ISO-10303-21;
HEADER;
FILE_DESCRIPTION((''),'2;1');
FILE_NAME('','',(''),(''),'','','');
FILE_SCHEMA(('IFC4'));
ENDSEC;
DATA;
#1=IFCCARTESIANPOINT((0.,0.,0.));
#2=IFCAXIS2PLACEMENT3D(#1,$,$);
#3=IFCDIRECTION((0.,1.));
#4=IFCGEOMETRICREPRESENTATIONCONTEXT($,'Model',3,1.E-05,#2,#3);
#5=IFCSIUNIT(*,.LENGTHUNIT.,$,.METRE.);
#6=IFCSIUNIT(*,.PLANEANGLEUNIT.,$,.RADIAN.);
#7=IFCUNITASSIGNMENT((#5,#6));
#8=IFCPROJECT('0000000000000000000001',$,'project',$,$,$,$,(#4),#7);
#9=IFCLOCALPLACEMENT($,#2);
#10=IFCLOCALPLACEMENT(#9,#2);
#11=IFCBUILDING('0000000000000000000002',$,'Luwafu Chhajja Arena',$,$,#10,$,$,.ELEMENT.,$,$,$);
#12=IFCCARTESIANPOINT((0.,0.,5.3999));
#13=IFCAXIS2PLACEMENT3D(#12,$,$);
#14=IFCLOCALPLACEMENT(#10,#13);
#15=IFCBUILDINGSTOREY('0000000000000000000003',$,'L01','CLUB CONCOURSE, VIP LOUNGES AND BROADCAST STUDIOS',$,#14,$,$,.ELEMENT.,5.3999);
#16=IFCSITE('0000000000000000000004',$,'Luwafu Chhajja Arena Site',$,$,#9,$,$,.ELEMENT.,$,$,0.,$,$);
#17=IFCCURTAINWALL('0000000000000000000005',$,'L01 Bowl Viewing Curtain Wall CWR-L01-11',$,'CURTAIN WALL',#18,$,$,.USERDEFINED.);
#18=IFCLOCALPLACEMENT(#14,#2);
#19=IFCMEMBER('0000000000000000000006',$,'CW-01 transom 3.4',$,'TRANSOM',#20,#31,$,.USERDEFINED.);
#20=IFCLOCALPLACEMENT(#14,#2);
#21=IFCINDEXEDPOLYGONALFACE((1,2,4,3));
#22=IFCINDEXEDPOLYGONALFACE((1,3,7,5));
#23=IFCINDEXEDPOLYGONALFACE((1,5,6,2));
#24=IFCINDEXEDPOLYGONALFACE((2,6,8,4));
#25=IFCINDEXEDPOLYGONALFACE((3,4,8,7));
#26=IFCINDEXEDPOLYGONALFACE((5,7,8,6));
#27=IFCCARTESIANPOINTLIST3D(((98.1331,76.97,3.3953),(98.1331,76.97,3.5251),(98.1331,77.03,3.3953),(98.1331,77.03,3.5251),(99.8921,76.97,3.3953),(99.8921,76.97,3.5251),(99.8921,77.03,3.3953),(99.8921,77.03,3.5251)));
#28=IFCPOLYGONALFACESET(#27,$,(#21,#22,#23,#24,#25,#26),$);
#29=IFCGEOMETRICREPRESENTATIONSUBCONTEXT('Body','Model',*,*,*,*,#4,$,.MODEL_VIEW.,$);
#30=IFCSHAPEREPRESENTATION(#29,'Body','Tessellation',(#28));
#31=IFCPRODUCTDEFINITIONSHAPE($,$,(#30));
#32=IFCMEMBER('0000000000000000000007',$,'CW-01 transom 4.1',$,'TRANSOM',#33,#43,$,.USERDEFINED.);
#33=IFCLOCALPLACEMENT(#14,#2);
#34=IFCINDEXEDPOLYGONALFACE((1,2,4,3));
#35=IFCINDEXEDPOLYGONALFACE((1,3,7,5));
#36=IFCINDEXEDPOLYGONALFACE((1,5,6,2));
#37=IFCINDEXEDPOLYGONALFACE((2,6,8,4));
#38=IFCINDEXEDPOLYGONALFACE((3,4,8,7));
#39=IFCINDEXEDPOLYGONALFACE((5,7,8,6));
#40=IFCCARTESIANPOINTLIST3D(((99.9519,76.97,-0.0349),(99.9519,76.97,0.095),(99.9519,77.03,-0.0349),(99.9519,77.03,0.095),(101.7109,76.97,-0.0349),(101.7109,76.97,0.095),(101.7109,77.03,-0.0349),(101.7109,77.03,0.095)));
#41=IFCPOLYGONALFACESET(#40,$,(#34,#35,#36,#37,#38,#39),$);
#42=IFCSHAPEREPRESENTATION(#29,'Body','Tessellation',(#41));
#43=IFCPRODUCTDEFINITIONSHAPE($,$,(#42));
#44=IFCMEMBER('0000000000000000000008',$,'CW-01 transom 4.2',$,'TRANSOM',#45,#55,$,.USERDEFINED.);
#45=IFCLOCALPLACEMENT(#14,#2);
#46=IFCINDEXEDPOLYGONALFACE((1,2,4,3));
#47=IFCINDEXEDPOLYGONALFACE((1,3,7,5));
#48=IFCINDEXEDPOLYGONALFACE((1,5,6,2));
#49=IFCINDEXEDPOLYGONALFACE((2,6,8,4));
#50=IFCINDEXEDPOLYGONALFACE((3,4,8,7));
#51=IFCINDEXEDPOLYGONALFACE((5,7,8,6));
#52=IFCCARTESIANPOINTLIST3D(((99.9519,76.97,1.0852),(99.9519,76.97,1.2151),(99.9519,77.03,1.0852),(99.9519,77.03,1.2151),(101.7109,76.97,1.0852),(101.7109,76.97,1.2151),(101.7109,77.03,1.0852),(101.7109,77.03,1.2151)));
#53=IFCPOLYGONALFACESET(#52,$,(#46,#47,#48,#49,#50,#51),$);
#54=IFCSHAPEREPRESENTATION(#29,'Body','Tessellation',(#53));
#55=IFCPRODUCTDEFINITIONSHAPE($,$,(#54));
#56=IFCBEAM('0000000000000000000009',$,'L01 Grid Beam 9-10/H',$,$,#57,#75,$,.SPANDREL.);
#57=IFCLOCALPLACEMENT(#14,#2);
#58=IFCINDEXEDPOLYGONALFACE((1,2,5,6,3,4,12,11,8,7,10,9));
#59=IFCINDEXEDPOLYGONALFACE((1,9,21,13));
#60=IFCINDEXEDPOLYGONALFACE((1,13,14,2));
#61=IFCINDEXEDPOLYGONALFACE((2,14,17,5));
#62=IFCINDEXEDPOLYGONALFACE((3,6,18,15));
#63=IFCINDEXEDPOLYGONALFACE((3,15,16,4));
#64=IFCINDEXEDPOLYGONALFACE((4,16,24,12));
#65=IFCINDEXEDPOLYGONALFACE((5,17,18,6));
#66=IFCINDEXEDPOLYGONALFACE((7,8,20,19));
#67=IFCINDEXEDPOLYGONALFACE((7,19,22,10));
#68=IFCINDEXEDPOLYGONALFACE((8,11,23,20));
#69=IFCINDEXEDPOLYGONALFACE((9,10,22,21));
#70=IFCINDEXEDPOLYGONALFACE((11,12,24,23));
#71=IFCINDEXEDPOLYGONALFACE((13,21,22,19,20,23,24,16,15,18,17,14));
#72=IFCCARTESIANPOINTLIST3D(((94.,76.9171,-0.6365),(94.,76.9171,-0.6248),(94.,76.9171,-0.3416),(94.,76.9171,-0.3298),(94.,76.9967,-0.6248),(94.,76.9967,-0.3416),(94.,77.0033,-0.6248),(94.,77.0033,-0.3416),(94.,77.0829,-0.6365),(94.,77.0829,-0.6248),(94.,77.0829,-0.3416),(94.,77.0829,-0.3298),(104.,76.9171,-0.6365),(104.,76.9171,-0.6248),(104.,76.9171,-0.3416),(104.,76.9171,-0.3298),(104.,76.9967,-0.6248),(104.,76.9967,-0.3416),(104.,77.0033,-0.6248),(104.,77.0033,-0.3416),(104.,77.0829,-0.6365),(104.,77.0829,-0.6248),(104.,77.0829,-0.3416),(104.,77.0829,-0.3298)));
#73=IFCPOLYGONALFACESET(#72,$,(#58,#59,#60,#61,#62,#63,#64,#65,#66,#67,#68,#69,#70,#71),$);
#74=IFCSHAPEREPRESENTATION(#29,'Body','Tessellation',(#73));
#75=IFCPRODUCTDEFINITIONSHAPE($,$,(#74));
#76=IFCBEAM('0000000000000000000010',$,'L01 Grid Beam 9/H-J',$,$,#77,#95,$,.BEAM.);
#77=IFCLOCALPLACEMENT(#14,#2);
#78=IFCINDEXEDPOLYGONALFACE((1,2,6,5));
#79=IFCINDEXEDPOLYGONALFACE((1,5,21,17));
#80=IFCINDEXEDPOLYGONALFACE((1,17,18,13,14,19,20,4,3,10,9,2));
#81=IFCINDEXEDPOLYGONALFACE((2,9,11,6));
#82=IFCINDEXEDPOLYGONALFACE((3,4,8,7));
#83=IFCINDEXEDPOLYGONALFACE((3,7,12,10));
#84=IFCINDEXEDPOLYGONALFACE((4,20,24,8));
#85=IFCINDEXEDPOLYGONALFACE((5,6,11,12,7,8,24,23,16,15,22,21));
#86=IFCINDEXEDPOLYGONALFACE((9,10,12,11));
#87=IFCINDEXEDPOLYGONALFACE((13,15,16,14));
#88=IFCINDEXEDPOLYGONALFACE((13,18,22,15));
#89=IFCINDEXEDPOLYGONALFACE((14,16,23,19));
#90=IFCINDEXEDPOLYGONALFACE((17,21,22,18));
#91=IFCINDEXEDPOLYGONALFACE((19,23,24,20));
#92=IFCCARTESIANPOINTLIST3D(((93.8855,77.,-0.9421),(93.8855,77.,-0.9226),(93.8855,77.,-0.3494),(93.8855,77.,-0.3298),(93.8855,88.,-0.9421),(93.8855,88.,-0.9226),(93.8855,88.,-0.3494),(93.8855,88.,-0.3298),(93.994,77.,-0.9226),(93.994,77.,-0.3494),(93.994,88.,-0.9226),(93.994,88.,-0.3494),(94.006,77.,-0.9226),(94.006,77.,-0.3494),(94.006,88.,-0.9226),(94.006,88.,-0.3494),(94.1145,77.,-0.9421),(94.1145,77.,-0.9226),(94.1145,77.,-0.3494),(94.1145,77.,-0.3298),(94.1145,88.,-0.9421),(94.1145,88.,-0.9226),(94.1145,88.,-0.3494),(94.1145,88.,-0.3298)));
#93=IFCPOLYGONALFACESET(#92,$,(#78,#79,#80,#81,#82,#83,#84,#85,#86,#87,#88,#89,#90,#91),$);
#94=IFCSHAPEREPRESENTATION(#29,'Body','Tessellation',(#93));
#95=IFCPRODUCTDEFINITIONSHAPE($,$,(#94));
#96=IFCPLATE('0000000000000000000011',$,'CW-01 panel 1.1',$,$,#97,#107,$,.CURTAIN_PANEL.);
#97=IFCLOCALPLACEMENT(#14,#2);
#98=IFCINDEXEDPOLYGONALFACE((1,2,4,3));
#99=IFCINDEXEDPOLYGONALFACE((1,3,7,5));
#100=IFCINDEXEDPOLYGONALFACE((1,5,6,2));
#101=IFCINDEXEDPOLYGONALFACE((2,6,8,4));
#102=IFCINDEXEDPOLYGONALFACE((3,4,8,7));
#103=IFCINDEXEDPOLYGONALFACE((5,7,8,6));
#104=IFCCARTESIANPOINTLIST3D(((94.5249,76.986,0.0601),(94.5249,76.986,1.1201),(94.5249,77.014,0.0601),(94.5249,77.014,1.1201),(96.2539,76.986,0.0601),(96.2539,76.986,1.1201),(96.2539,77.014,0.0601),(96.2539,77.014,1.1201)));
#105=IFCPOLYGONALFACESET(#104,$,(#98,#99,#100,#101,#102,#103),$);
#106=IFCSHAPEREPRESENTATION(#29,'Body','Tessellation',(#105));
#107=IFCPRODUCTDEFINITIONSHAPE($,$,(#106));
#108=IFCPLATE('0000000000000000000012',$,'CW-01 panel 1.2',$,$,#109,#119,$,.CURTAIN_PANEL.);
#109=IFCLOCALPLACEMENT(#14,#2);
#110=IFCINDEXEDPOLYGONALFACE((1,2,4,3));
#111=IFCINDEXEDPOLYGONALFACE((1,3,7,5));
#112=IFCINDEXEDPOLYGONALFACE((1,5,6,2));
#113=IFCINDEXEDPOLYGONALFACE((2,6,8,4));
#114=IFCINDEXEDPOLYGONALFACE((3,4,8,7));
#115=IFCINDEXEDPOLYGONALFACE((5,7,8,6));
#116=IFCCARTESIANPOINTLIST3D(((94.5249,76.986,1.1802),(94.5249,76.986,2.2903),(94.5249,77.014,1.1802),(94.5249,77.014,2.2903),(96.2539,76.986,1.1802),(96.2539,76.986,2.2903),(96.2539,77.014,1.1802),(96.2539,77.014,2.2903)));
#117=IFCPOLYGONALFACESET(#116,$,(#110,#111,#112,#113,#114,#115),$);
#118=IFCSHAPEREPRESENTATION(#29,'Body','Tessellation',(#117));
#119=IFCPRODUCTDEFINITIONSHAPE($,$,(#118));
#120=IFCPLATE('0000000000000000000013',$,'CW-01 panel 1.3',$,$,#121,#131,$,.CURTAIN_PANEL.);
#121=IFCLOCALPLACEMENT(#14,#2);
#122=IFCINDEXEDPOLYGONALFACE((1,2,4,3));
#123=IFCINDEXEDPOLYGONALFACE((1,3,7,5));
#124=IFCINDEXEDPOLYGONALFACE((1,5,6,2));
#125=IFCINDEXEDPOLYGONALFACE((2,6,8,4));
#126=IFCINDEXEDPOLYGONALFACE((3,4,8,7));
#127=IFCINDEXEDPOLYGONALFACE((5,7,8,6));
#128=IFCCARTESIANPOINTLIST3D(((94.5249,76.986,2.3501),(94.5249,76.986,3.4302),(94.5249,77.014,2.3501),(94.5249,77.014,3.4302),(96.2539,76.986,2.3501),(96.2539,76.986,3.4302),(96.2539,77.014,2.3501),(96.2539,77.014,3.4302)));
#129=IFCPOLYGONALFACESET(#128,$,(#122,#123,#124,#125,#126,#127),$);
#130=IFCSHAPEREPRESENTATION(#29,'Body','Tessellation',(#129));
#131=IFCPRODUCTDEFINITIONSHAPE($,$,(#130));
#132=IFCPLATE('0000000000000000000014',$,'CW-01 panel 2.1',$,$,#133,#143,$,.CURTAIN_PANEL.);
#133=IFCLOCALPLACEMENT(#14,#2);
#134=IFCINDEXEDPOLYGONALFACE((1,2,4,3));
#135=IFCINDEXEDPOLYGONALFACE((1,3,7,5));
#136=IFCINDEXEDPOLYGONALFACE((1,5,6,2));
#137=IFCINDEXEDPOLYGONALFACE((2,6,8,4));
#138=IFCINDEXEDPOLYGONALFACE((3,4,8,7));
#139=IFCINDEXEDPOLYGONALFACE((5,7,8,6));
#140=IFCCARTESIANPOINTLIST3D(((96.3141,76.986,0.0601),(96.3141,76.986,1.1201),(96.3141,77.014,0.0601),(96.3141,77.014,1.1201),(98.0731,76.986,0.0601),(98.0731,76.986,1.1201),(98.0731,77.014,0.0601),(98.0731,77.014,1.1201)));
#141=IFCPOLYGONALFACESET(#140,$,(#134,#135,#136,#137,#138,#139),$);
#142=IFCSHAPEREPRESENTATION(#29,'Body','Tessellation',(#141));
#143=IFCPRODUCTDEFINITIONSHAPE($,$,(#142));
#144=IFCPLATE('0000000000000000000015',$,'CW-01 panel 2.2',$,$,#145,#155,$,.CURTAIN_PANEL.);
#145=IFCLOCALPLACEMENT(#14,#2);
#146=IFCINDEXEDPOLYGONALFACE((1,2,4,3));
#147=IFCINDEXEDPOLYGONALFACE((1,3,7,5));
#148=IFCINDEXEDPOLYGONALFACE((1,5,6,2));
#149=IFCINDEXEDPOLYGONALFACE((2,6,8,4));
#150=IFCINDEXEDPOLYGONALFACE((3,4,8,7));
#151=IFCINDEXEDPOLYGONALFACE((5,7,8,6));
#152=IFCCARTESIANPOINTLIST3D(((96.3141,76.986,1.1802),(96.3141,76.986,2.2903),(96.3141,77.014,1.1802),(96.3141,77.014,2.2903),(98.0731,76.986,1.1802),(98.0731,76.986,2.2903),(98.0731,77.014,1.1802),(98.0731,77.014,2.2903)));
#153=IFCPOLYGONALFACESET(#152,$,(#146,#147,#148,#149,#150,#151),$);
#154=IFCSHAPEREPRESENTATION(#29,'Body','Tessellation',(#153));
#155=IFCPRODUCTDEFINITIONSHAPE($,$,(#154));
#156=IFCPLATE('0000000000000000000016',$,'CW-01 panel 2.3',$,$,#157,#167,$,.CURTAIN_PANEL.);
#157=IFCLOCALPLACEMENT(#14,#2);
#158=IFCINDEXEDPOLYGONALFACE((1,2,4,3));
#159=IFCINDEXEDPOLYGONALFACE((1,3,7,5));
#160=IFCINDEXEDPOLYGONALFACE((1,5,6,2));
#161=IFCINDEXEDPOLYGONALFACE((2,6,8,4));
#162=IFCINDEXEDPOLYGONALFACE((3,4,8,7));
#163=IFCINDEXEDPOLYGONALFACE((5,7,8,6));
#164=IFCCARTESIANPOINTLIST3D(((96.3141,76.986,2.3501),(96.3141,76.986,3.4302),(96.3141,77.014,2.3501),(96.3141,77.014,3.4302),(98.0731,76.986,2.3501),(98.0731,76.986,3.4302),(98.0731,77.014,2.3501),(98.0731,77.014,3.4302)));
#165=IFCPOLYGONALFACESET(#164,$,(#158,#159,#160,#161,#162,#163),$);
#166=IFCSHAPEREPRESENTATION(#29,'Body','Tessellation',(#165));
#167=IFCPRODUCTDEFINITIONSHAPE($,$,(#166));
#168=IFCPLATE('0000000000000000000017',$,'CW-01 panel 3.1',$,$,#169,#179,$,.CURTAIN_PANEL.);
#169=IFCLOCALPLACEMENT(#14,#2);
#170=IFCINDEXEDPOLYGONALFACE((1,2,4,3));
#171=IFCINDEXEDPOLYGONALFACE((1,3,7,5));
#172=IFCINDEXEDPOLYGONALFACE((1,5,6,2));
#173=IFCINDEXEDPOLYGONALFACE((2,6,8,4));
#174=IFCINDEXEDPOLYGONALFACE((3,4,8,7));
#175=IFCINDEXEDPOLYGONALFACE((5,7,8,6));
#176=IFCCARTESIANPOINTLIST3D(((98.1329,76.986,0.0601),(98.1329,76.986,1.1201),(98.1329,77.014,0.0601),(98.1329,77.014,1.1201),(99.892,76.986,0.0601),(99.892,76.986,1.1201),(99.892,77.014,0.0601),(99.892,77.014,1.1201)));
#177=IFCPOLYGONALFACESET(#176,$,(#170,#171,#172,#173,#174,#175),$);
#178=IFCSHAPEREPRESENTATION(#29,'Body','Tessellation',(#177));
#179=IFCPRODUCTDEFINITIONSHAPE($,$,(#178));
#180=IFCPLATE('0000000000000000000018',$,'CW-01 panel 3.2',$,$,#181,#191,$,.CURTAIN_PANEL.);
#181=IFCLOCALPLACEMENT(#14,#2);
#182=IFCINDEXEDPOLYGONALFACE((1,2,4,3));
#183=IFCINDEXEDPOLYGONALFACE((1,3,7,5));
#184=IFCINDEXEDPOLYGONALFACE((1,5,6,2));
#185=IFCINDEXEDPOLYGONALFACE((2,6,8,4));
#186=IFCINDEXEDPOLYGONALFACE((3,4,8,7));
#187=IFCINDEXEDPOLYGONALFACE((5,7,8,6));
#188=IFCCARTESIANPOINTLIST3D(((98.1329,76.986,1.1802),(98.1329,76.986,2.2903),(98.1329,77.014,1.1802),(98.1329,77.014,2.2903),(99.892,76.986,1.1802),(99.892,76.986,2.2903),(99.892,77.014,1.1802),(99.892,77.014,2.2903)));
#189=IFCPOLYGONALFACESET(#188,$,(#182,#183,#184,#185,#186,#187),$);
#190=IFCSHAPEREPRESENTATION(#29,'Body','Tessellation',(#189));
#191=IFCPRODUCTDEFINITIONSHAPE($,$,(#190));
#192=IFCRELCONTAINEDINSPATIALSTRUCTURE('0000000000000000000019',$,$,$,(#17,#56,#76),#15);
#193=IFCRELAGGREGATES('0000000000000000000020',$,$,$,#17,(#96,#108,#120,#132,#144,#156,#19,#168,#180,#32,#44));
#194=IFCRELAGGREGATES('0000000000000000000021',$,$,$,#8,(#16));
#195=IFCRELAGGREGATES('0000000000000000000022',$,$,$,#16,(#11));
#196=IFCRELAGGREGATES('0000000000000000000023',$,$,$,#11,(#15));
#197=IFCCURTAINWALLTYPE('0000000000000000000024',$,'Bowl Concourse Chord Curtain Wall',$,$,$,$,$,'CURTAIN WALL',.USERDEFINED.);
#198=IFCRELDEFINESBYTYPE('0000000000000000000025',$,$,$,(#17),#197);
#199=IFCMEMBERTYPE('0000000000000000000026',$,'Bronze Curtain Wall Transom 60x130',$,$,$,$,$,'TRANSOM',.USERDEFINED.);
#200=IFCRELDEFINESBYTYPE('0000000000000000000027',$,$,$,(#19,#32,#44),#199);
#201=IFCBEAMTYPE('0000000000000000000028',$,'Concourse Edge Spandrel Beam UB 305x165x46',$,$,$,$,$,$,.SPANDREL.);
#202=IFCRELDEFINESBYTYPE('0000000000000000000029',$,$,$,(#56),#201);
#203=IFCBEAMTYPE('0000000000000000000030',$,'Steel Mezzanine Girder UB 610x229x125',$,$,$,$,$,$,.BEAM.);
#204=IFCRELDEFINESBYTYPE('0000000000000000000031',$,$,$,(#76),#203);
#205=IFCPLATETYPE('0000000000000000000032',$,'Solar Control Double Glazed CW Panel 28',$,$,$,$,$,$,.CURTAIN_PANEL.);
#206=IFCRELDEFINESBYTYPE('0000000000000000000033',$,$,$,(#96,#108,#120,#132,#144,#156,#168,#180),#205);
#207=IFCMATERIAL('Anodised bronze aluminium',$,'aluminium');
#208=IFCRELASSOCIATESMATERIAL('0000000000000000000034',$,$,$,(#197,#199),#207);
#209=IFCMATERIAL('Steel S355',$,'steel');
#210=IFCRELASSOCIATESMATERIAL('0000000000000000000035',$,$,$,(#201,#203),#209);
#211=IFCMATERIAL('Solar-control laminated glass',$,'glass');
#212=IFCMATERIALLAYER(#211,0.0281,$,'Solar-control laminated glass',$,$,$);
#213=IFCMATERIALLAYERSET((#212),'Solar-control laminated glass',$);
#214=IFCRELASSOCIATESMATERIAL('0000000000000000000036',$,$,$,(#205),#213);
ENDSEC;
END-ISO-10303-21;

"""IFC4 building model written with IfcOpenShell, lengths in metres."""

from ifc_helpers import new_model, si_unit, direction, frame, origin, origin_2d, place, context, subcontext, project, spatial, rectangle, i_section, extrude, material, layer, layer_set, material_profile, profile_set, type_object, element, aggregate, save


model = new_model("IFC4")

# Units and contexts
model_context = context("Model", 3, precision=1e-05, world=origin(), true_north=direction((0.0, 1.0)))
body_context = subcontext(model_context, "Body", "Model", "MODEL_VIEW")
ifc_project = project(units=[si_unit("LENGTHUNIT", "METRE"), si_unit("PLANEANGLEUNIT", "RADIAN")], contexts=[model_context])

# Site, building, storey
site_placement = place(None, origin())
site = spatial("IfcSite", under=ifc_project, at=site_placement, Name="Luwafu Chhajja Arena Site", CompositionType="ELEMENT", RefElevation=0.0)
building_placement = place(site_placement, origin())
building = spatial("IfcBuilding", under=site, at=building_placement, Name="Luwafu Chhajja Arena", CompositionType="ELEMENT")
storey_placement = place(building_placement, frame((0.0, 0.0, 5.3999)))
storey = spatial("IfcBuildingStorey", under=building, at=storey_placement, Name="L01", Description="CLUB CONCOURSE, VIP LOUNGES AND BROADCAST STUDIOS", CompositionType="ELEMENT", Elevation=5.3999)

# Curtain wall, members
ifc_material_1 = material(Name="Anodised bronze aluminium", Category="aluminium")
curtain_wall_type = type_object("IfcCurtainWallType", Name="Bowl Concourse Chord Curtain Wall", ElementType="CURTAIN WALL", PredefinedType="USERDEFINED", material=ifc_material_1)
curtain_wall_placement = place(storey_placement, origin())
curtain_wall = element("IfcCurtainWall", 1, at=curtain_wall_placement, inside=storey, type_object=curtain_wall_type, Name="L01 Bowl Viewing Curtain Wall CWR-L01-11", ObjectType="CURTAIN WALL", PredefinedType="USERDEFINED")
ifc_material_profile_1 = material_profile(ifc_material_1, rectangle(XDim=0.0601, YDim=0.1299, at=origin_2d()), Name="CWT 60x130")
ifc_profile_set_1 = profile_set([ifc_material_profile_1], Name="Anodised bronze aluminium")
member_type_1 = type_object("IfcMemberType", Name="Bronze Curtain Wall Transom 60x130", ElementType="TRANSOM", PredefinedType="USERDEFINED", material=ifc_profile_set_1)
member_1_placement = place(storey_placement, frame((98.1331, 77.0, 3.4602), z_axis=(1.0, 0.0, 0.0), x_axis=(0.0, 1.0, 0.0)))
member_1 = element("IfcMember", 2, at=member_1_placement, type_object=member_type_1, Name="CW-01 transom 3.4", ObjectType="TRANSOM", PredefinedType="USERDEFINED", context=body_context, shape_type="SweptSolid", body=[
    extrude(rectangle(XDim=0.0601, YDim=0.1299, at=origin_2d()), origin(), (0.0, 0.0, 1.0), 1.759),
])
member_2_placement = place(storey_placement, frame((99.9519, 77.0, 0.03), z_axis=(1.0, 0.0, 0.0), x_axis=(0.0, 1.0, 0.0)))
member_2 = element("IfcMember", 3, at=member_2_placement, type_object=member_type_1, Name="CW-01 transom 4.1", ObjectType="TRANSOM", PredefinedType="USERDEFINED", context=body_context, shape_type="SweptSolid", body=[
    extrude(rectangle(XDim=0.0601, YDim=0.1299, at=origin_2d()), origin(), (0.0, 0.0, 1.0), 1.759),
])
member_3_placement = place(storey_placement, frame((99.9519, 77.0, 1.1501), z_axis=(1.0, 0.0, 0.0), x_axis=(0.0, 1.0, 0.0)))
member_3 = element("IfcMember", 4, at=member_3_placement, type_object=member_type_1, Name="CW-01 transom 4.2", ObjectType="TRANSOM", PredefinedType="USERDEFINED", context=body_context, shape_type="SweptSolid", body=[
    extrude(rectangle(XDim=0.0601, YDim=0.1299, at=origin_2d()), origin(), (0.0, 0.0, 1.0), 1.759),
])

# Beams
ifc_material_2 = material(Name="Steel S355", Category="steel")
ifc_material_profile_2 = material_profile(ifc_material_2, i_section(OverallWidth=0.1658, OverallDepth=0.3066, WebThickness=0.0066, FlangeThickness=0.0117, at=origin_2d()), Name="UB 305x165x46")
ifc_profile_set_2 = profile_set([ifc_material_profile_2], Name="Steel S355")
beam_type_1 = type_object("IfcBeamType", Name="Concourse Edge Spandrel Beam UB 305x165x46", PredefinedType="SPANDREL", material=ifc_profile_set_2)
beam_1_placement = place(storey_placement, frame((94.0, 77.0, -0.4832), z_axis=(1.0, 0.0, 0.0), x_axis=(0.0, 1.0, 0.0)))
element("IfcBeam", 5, at=beam_1_placement, inside=storey, type_object=beam_type_1, Name="L01 Grid Beam 9-10/H", PredefinedType="SPANDREL", context=body_context, shape_type="SweptSolid", body=[
    extrude(i_section(OverallWidth=0.1658, OverallDepth=0.3066, WebThickness=0.0066, FlangeThickness=0.0117, at=origin_2d()), origin(), (0.0, 0.0, 1.0), 10.0),
])
ifc_material_profile_3 = material_profile(ifc_material_2, i_section(OverallWidth=0.229, OverallDepth=0.6123, WebThickness=0.012, FlangeThickness=0.0195, at=origin_2d()), Name="UB 610x229x125")
ifc_profile_set_3 = profile_set([ifc_material_profile_3], Name="Steel S355")
beam_type_2 = type_object("IfcBeamType", Name="Steel Mezzanine Girder UB 610x229x125", PredefinedType="BEAM", material=ifc_profile_set_3)
beam_2_placement = place(storey_placement, frame((94.0, 77.0, -0.636), z_axis=(0.0, 1.0, 0.0), x_axis=(-1.0, 0.0, 0.0)))
element("IfcBeam", 6, at=beam_2_placement, inside=storey, type_object=beam_type_2, Name="L01 Grid Beam 9/H-J", PredefinedType="BEAM", context=body_context, shape_type="SweptSolid", body=[
    extrude(i_section(OverallWidth=0.229, OverallDepth=0.6123, WebThickness=0.012, FlangeThickness=0.0195, at=origin_2d()), origin(), (0.0, 0.0, 1.0), 11.0),
])

# Plates
ifc_material_3 = material(Name="Solar-control laminated glass", Category="glass")
ifc_layer = layer(ifc_material_3, 0.0281, Name="Solar-control laminated glass")
ifc_layer_set = layer_set([ifc_layer], Name="Solar-control laminated glass")
plate_type = type_object("IfcPlateType", Name="Solar Control Double Glazed CW Panel 28", PredefinedType="CURTAIN_PANEL", material=ifc_layer_set)
plate_1_placement = place(storey_placement, frame((95.3894, 77.0, 0.0601), z_axis=(0.0, 0.0, 1.0), x_axis=(1.0, 0.0, 0.0)))
plate_1 = element("IfcPlate", 7, at=plate_1_placement, type_object=plate_type, Name="CW-01 panel 1.1", PredefinedType="CURTAIN_PANEL", context=body_context, shape_type="SweptSolid", body=[
    extrude(rectangle(XDim=1.729, YDim=0.0281, at=origin_2d()), origin(), (0.0, 0.0, 1.0), 1.0601),
])
plate_2_placement = place(storey_placement, frame((95.3894, 77.0, 1.1802), z_axis=(0.0, 0.0, 1.0), x_axis=(1.0, 0.0, 0.0)))
plate_2 = element("IfcPlate", 8, at=plate_2_placement, type_object=plate_type, Name="CW-01 panel 1.2", PredefinedType="CURTAIN_PANEL", context=body_context, shape_type="SweptSolid", body=[
    extrude(rectangle(XDim=1.729, YDim=0.0281, at=origin_2d()), origin(), (0.0, 0.0, 1.0), 1.1101),
])
plate_3_placement = place(storey_placement, frame((95.3894, 77.0, 2.3501), z_axis=(0.0, 0.0, 1.0), x_axis=(1.0, 0.0, 0.0)))
plate_3 = element("IfcPlate", 9, at=plate_3_placement, type_object=plate_type, Name="CW-01 panel 1.3", PredefinedType="CURTAIN_PANEL", context=body_context, shape_type="SweptSolid", body=[
    extrude(rectangle(XDim=1.729, YDim=0.0281, at=origin_2d()), origin(), (0.0, 0.0, 1.0), 1.0801),
])
plate_4_placement = place(storey_placement, frame((97.1936, 77.0, 0.0601), z_axis=(0.0, 0.0, 1.0), x_axis=(1.0, 0.0, 0.0)))
plate_4 = element("IfcPlate", 10, at=plate_4_placement, type_object=plate_type, Name="CW-01 panel 2.1", PredefinedType="CURTAIN_PANEL", context=body_context, shape_type="SweptSolid", body=[
    extrude(rectangle(XDim=1.759, YDim=0.0281, at=origin_2d()), origin(), (0.0, 0.0, 1.0), 1.0601),
])
plate_5_placement = place(storey_placement, frame((97.1936, 77.0, 1.1802), z_axis=(0.0, 0.0, 1.0), x_axis=(1.0, 0.0, 0.0)))
plate_5 = element("IfcPlate", 11, at=plate_5_placement, type_object=plate_type, Name="CW-01 panel 2.2", PredefinedType="CURTAIN_PANEL", context=body_context, shape_type="SweptSolid", body=[
    extrude(rectangle(XDim=1.759, YDim=0.0281, at=origin_2d()), origin(), (0.0, 0.0, 1.0), 1.1101),
])
plate_6_placement = place(storey_placement, frame((97.1936, 77.0, 2.3501), z_axis=(0.0, 0.0, 1.0), x_axis=(1.0, 0.0, 0.0)))
plate_6 = element("IfcPlate", 12, at=plate_6_placement, type_object=plate_type, Name="CW-01 panel 2.3", PredefinedType="CURTAIN_PANEL", context=body_context, shape_type="SweptSolid", body=[
    extrude(rectangle(XDim=1.759, YDim=0.0281, at=origin_2d()), origin(), (0.0, 0.0, 1.0), 1.0801),
])
plate_7_placement = place(storey_placement, frame((99.0125, 77.0, 0.0601), z_axis=(0.0, 0.0, 1.0), x_axis=(1.0, 0.0, 0.0)))
plate_7 = element("IfcPlate", 13, at=plate_7_placement, type_object=plate_type, Name="CW-01 panel 3.1", PredefinedType="CURTAIN_PANEL", context=body_context, shape_type="SweptSolid", body=[
    extrude(rectangle(XDim=1.759, YDim=0.0281, at=origin_2d()), origin(), (0.0, 0.0, 1.0), 1.0601),
])
plate_8_placement = place(storey_placement, frame((99.0125, 77.0, 1.1802), z_axis=(0.0, 0.0, 1.0), x_axis=(1.0, 0.0, 0.0)))
plate_8 = element("IfcPlate", 14, at=plate_8_placement, type_object=plate_type, Name="CW-01 panel 3.2", PredefinedType="CURTAIN_PANEL", context=body_context, shape_type="SweptSolid", body=[
    extrude(rectangle(XDim=1.759, YDim=0.0281, at=origin_2d()), origin(), (0.0, 0.0, 1.0), 1.1101),
])
aggregate(curtain_wall, [plate_1, plate_2, plate_3, plate_4, plate_5, plate_6, member_1, plate_7, plate_8, member_2, member_3])

save(model, "model.ifc")
